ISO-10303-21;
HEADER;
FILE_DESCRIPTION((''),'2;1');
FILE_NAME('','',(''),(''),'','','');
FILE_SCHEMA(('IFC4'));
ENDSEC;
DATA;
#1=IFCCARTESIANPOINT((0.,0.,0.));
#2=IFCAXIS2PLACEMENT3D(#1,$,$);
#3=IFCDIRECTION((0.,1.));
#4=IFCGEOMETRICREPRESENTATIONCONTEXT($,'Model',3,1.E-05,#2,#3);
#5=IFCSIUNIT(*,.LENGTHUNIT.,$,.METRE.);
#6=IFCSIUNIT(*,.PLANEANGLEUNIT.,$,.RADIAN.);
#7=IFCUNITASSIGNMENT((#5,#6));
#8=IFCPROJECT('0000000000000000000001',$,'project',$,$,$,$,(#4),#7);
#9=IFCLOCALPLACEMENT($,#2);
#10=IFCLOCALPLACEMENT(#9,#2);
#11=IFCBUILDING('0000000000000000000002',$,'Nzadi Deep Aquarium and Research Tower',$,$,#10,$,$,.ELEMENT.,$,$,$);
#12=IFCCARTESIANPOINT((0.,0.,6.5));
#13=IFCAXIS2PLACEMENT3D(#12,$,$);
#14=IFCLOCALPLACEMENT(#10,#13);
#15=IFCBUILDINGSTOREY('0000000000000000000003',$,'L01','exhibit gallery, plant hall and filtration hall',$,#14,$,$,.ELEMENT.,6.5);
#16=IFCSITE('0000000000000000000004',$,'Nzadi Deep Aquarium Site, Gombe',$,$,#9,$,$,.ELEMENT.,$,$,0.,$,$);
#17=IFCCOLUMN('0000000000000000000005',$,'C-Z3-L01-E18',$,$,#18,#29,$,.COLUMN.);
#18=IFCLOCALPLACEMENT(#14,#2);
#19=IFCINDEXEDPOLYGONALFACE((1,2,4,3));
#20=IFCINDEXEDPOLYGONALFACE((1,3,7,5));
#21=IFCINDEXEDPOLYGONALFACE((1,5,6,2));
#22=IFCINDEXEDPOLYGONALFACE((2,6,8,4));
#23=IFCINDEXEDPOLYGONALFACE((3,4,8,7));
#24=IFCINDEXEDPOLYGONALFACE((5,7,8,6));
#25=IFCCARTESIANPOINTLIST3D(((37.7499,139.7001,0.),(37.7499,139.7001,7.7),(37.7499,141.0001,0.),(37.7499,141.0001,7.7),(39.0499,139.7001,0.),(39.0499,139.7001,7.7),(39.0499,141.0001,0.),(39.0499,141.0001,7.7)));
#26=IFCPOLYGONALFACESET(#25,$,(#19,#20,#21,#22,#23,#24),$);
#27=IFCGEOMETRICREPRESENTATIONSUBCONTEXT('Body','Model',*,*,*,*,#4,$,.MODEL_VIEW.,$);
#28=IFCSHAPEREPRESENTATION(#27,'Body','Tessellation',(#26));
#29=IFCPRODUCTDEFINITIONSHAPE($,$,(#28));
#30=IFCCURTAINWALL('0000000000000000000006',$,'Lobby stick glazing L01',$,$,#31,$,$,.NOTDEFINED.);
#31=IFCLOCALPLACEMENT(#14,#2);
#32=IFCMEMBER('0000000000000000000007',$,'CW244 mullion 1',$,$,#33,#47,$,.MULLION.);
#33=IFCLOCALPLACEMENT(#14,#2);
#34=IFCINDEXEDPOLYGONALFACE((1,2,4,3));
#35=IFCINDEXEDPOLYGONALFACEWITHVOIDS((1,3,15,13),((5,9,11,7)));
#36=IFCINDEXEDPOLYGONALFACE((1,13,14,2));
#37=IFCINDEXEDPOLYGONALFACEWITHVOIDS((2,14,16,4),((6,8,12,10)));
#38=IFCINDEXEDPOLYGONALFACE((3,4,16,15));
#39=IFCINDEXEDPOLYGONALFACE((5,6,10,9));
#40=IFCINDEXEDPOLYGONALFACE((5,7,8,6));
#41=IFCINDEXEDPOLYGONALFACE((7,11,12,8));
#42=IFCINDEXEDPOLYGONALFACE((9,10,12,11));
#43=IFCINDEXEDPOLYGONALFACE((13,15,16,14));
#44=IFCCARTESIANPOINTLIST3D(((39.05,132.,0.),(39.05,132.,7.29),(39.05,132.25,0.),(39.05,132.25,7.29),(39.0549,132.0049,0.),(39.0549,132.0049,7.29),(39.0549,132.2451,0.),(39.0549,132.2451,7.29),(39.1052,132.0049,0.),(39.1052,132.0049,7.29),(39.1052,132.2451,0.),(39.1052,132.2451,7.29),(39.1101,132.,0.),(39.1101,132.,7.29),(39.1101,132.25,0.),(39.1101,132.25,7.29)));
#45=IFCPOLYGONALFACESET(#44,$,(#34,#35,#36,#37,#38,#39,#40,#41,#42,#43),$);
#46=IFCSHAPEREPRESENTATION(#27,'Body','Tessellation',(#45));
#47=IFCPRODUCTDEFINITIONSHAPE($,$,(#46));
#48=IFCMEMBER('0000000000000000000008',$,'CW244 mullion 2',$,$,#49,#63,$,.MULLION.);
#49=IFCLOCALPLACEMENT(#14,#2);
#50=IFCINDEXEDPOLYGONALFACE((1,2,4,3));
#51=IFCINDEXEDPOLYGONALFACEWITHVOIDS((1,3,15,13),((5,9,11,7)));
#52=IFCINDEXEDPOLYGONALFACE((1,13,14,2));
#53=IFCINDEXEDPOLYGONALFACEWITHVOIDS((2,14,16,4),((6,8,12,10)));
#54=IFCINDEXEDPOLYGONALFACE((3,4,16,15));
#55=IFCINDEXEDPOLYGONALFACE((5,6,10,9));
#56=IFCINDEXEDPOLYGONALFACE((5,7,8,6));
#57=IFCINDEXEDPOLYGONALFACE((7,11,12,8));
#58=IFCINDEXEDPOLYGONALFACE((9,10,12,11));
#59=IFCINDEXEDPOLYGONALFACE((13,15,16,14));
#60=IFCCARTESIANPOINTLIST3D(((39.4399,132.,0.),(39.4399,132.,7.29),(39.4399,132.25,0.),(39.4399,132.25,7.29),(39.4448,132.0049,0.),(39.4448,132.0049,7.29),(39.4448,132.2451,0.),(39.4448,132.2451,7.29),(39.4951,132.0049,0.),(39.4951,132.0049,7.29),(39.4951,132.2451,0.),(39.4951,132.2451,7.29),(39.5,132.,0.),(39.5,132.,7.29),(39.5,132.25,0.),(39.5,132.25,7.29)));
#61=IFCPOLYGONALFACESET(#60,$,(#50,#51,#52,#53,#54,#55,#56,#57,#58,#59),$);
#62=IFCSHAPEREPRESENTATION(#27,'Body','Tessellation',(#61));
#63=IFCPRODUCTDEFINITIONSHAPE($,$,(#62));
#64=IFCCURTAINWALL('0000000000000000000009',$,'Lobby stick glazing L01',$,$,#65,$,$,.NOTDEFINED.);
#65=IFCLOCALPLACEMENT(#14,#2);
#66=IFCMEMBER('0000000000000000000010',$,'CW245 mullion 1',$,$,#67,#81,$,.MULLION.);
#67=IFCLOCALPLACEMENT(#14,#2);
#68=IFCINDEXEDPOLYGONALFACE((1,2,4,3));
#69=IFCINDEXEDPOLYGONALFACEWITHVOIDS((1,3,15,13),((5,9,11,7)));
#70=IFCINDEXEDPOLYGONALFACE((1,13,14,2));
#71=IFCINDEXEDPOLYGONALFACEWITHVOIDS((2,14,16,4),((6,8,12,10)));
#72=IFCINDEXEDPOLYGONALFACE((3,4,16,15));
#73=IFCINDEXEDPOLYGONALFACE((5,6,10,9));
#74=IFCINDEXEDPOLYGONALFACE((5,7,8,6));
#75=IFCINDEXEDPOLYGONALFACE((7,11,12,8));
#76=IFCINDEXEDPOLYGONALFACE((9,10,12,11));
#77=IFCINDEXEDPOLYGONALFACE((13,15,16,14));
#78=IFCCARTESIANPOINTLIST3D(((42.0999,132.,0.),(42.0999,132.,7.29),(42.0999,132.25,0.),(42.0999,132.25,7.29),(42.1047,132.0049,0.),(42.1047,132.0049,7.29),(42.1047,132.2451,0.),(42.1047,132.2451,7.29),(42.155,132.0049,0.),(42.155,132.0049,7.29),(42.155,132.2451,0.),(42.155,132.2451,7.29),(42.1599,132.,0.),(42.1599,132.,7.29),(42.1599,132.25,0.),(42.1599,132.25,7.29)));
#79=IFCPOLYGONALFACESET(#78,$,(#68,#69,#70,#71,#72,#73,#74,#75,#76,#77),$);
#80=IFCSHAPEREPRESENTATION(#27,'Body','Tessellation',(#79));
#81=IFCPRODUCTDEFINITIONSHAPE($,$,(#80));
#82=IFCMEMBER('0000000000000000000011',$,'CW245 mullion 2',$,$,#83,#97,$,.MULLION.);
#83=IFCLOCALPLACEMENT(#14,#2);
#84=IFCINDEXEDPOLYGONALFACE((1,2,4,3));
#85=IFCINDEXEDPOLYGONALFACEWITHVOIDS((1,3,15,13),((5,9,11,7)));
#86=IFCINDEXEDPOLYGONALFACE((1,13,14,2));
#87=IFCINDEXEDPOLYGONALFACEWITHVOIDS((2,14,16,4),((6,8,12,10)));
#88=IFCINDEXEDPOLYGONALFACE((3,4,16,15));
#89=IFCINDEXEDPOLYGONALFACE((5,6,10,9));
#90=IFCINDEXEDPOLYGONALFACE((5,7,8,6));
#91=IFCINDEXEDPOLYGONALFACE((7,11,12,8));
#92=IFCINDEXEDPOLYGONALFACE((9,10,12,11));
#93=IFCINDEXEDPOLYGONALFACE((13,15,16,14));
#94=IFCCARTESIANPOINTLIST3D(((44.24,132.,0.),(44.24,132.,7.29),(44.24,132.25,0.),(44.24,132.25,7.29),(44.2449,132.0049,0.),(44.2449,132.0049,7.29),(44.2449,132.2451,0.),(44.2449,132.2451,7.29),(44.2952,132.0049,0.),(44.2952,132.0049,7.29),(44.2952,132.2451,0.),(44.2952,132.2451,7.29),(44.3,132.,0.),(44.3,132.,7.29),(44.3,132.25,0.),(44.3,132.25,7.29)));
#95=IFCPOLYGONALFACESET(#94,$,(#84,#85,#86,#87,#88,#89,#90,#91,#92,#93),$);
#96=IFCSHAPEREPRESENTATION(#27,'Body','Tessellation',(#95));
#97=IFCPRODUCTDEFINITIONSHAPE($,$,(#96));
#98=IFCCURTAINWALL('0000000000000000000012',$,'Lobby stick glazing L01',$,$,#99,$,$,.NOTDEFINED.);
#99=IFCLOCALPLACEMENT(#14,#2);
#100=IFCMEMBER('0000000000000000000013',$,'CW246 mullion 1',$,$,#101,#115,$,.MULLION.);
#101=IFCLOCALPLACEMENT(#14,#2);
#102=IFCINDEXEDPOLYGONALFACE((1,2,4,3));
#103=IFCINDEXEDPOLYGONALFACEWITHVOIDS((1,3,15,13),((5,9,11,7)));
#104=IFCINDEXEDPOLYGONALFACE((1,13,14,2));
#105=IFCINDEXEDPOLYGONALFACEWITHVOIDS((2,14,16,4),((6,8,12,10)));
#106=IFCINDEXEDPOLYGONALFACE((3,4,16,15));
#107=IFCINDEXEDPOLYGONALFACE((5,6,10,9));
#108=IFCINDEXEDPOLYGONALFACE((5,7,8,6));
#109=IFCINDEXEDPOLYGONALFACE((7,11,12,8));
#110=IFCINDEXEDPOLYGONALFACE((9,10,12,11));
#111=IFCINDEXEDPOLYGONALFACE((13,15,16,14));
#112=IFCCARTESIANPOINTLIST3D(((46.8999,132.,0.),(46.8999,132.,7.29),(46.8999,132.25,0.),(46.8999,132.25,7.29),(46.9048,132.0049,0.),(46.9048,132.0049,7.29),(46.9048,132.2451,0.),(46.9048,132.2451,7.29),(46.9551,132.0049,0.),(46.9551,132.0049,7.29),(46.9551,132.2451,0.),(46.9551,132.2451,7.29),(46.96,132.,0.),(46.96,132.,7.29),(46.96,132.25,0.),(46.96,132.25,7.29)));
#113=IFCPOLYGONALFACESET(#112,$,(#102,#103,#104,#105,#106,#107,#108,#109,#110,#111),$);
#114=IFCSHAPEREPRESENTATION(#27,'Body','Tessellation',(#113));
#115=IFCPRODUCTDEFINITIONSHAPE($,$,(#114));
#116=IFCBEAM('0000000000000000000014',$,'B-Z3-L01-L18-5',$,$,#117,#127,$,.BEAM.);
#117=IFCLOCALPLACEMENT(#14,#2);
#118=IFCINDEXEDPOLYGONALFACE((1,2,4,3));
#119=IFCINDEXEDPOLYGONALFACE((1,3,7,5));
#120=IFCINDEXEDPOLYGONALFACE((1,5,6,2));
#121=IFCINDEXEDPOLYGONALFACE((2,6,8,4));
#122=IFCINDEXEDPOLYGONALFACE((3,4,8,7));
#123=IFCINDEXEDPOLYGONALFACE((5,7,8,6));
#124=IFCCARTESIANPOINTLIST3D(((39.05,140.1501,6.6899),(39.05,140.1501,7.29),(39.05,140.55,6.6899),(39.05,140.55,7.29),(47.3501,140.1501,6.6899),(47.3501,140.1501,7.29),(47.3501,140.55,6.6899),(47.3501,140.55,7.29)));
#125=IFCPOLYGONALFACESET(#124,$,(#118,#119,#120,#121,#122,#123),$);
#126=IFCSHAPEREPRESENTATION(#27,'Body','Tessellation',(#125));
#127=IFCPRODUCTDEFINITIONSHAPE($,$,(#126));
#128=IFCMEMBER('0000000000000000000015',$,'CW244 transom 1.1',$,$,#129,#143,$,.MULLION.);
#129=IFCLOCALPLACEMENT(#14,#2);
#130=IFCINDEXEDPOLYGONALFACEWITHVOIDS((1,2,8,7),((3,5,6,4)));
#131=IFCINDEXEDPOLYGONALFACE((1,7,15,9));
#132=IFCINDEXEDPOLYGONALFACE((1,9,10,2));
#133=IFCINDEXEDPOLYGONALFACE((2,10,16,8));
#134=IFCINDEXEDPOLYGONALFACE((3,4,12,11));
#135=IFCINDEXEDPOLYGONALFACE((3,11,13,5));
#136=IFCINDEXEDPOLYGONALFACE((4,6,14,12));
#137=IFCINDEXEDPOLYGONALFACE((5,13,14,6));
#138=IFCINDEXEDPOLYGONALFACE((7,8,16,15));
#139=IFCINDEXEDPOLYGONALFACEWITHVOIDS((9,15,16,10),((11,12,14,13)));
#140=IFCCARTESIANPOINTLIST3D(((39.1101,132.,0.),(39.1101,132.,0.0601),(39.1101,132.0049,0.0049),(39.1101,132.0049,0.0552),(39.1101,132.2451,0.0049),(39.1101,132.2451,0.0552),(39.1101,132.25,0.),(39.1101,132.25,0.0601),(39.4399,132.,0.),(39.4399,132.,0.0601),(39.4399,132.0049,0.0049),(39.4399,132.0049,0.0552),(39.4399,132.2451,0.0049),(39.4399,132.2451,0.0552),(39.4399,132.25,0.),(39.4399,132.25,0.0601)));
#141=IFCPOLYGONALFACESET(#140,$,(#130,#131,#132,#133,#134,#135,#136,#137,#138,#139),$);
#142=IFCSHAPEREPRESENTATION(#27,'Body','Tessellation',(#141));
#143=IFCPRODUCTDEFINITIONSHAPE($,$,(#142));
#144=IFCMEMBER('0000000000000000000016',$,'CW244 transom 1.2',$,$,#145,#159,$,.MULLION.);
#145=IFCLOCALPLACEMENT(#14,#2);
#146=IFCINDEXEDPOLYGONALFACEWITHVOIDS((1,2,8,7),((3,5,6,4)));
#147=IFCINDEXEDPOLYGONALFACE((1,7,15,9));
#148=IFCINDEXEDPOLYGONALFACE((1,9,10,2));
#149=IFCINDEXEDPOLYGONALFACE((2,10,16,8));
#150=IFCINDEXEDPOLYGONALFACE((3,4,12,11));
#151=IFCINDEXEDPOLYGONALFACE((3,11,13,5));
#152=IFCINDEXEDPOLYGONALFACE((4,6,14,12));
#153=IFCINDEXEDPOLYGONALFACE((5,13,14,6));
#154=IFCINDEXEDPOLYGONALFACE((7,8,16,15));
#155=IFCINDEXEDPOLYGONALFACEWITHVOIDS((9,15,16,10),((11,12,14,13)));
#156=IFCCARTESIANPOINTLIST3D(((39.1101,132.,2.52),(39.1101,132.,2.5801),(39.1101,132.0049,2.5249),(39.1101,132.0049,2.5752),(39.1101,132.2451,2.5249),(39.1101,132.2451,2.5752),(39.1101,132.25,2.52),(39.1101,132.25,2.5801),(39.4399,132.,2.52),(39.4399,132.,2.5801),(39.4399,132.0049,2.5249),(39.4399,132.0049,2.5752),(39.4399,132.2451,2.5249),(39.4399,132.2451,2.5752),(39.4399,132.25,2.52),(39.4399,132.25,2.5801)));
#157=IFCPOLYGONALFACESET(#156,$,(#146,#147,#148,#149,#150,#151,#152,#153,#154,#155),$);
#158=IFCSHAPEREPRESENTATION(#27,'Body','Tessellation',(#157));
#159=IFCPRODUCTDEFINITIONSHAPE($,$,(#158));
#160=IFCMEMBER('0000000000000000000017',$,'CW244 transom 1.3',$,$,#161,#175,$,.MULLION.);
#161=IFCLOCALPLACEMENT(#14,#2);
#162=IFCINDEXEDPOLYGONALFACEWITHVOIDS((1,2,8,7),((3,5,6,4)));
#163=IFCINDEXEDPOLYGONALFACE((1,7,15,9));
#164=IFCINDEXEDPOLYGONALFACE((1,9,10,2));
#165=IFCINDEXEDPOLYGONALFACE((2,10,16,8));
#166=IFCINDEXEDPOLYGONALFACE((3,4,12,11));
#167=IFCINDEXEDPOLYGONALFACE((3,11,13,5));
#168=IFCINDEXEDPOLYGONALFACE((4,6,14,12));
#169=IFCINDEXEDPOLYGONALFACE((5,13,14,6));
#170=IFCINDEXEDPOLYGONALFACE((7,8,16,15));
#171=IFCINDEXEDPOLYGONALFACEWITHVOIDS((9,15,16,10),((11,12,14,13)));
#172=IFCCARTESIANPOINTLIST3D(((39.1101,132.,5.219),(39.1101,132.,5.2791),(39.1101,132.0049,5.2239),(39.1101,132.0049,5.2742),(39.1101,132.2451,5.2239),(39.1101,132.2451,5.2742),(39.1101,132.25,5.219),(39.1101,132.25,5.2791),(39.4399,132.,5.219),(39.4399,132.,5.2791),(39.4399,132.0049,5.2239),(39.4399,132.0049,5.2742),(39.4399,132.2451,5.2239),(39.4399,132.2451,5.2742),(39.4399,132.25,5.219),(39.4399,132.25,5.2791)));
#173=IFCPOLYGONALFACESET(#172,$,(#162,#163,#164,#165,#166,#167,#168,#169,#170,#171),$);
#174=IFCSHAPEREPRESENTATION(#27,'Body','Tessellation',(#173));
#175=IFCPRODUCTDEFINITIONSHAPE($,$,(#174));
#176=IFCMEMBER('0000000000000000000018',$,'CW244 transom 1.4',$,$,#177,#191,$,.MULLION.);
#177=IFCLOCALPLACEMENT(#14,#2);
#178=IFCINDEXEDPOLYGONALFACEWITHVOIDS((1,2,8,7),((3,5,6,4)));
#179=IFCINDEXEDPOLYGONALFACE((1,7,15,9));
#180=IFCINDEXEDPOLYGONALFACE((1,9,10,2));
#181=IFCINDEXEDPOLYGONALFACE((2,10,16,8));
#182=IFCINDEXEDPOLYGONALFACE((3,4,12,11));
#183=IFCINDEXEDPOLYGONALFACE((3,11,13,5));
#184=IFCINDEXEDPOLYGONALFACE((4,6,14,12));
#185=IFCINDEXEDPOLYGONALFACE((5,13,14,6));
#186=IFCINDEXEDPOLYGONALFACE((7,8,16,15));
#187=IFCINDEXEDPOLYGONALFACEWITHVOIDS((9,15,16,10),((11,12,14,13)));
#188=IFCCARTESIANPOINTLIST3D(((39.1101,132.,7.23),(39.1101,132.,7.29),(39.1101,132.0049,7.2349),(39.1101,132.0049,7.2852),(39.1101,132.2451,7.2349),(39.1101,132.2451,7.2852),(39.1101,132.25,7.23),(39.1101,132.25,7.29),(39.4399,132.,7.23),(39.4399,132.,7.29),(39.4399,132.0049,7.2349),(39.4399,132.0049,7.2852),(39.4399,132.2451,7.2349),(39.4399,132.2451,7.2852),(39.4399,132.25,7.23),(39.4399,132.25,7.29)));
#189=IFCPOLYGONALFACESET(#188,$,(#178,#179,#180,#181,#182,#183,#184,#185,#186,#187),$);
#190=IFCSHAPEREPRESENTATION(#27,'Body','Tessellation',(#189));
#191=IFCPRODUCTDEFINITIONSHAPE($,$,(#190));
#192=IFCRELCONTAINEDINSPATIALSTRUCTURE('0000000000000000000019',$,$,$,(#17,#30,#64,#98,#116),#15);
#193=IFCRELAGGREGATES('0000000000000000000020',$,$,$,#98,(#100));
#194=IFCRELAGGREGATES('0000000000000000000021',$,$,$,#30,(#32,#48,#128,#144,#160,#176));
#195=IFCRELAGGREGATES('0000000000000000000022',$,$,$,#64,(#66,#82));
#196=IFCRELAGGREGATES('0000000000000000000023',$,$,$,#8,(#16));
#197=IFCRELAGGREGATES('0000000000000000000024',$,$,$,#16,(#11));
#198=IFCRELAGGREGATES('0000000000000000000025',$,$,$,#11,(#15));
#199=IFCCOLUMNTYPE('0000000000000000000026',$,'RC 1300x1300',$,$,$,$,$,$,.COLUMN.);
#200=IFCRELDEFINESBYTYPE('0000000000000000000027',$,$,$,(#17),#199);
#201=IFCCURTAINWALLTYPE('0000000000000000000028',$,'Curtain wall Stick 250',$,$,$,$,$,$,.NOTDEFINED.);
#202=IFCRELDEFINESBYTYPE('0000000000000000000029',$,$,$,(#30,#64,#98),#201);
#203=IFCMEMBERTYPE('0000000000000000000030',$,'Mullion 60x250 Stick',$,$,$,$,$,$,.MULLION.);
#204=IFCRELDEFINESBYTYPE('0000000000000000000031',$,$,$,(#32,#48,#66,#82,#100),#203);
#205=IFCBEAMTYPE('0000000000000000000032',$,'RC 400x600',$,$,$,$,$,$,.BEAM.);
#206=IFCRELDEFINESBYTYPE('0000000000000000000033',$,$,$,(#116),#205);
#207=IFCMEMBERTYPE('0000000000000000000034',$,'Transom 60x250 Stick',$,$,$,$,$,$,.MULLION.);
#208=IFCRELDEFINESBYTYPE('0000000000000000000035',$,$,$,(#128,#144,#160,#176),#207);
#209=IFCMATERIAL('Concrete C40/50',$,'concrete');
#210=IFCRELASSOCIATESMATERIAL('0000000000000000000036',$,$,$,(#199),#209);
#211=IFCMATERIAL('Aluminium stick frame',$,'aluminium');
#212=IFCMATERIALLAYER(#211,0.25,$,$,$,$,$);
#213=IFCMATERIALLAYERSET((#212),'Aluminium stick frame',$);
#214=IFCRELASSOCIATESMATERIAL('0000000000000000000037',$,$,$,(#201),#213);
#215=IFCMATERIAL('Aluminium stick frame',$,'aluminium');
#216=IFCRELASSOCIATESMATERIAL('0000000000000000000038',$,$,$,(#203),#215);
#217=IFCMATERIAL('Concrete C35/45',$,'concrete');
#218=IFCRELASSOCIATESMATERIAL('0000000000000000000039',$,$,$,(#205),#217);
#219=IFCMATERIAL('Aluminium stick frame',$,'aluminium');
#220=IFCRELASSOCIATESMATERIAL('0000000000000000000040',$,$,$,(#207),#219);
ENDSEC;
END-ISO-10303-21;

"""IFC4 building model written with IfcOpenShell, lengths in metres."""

from ifc_helpers import new_model, si_unit, direction, frame, origin, origin_2d, place, context, subcontext, project, spatial, rectangle, hollow_rectangle, extrude, material, layer, layer_set, material_profile, profile_set, type_object, element, aggregate, save


model = new_model("IFC4")

# Units and contexts
model_context = context("Model", 3, precision=1e-05, world=origin(), true_north=direction((0.0, 1.0)))
body_context = subcontext(model_context, "Body", "Model", "MODEL_VIEW")
ifc_project = project(units=[si_unit("LENGTHUNIT", "METRE"), si_unit("PLANEANGLEUNIT", "RADIAN")], contexts=[model_context])

# Site, building, storey
site_placement = place(None, origin())
site = spatial("IfcSite", under=ifc_project, at=site_placement, Name="Nzadi Deep Aquarium Site, Gombe", CompositionType="ELEMENT", RefElevation=0.0)
building_placement = place(site_placement, origin())
building = spatial("IfcBuilding", under=site, at=building_placement, Name="Nzadi Deep Aquarium and Research Tower", CompositionType="ELEMENT")
storey_placement = place(building_placement, frame((0.0, 0.0, 6.5)))
storey = spatial("IfcBuildingStorey", under=building, at=storey_placement, Name="L01", Description="exhibit gallery, plant hall and filtration hall", CompositionType="ELEMENT", Elevation=6.5)

# Column
ifc_material_1 = material(Name="Concrete C40/50", Category="concrete")
ifc_material_profile_1 = material_profile(ifc_material_1, rectangle(XDim=1.3, YDim=1.3, at=origin_2d()))
ifc_profile_set_1 = profile_set([ifc_material_profile_1], Name="Concrete C40/50")
column_type = type_object("IfcColumnType", Name="RC 1300x1300", PredefinedType="COLUMN", material=ifc_profile_set_1)
column_placement = place(storey_placement, frame((38.3999, 140.3501, 0.0), z_axis=(0.0, 0.0, 1.0), x_axis=(1.0, 0.0, 0.0)))
element("IfcColumn", 1, at=column_placement, inside=storey, type_object=column_type, Name="C-Z3-L01-E18", PredefinedType="COLUMN", context=body_context, shape_type="SweptSolid", body=[
    extrude(rectangle(XDim=1.3, YDim=1.3, at=origin_2d()), origin(), (0.0, 0.0, 1.0), 7.7),
])

# Curtain walls, members
ifc_material_2 = material(Name="Aluminium stick frame", Category="aluminium")
ifc_layer_1 = layer(ifc_material_2, 0.25)
ifc_layer_set_1 = layer_set([ifc_layer_1], Name="Aluminium stick frame")
curtain_wall_type = type_object("IfcCurtainWallType", Name="Curtain wall Stick 250", PredefinedType="NOTDEFINED", material=ifc_layer_set_1)
curtain_wall_1_placement = place(storey_placement, origin())
curtain_wall_1 = element("IfcCurtainWall", 2, at=curtain_wall_1_placement, inside=storey, type_object=curtain_wall_type, Name="Lobby stick glazing L01", PredefinedType="NOTDEFINED")
ifc_material_3 = material(Name="Aluminium stick frame", Category="aluminium")
ifc_material_profile_2 = material_profile(ifc_material_3, hollow_rectangle(XDim=0.25, YDim=0.0601, WallThickness=0.0049, at=origin_2d()))
ifc_profile_set_2 = profile_set([ifc_material_profile_2], Name="Aluminium stick frame")
member_type_1 = type_object("IfcMemberType", Name="Mullion 60x250 Stick", PredefinedType="MULLION", material=ifc_profile_set_2)
member_1_placement = place(storey_placement, frame((39.0801, 132.125, 0.0), z_axis=(0.0, 0.0, 1.0), x_axis=(0.0, 1.0, 0.0)))
member_1 = element("IfcMember", 3, at=member_1_placement, type_object=member_type_1, Name="CW244 mullion 1", PredefinedType="MULLION", context=body_context, shape_type="SweptSolid", body=[
    extrude(hollow_rectangle(XDim=0.25, YDim=0.0601, WallThickness=0.0049, at=origin_2d()), origin(), (0.0, 0.0, 1.0), 7.29),
])
member_2_placement = place(storey_placement, frame((39.47, 132.125, 0.0), z_axis=(0.0, 0.0, 1.0), x_axis=(0.0, 1.0, 0.0)))
member_2 = element("IfcMember", 4, at=member_2_placement, type_object=member_type_1, Name="CW244 mullion 2", PredefinedType="MULLION", context=body_context, shape_type="SweptSolid", body=[
    extrude(hollow_rectangle(XDim=0.25, YDim=0.0601, WallThickness=0.0049, at=origin_2d()), origin(), (0.0, 0.0, 1.0), 7.29),
])
curtain_wall_2_placement = place(storey_placement, origin())
curtain_wall_2 = element("IfcCurtainWall", 5, at=curtain_wall_2_placement, inside=storey, type_object=curtain_wall_type, Name="Lobby stick glazing L01", PredefinedType="NOTDEFINED")
member_3_placement = place(storey_placement, frame((42.1299, 132.125, 0.0), z_axis=(0.0, 0.0, 1.0), x_axis=(0.0, 1.0, 0.0)))
member_3 = element("IfcMember", 6, at=member_3_placement, type_object=member_type_1, Name="CW245 mullion 1", PredefinedType="MULLION", context=body_context, shape_type="SweptSolid", body=[
    extrude(hollow_rectangle(XDim=0.25, YDim=0.0601, WallThickness=0.0049, at=origin_2d()), origin(), (0.0, 0.0, 1.0), 7.29),
])
member_4_placement = place(storey_placement, frame((44.27, 132.125, 0.0), z_axis=(0.0, 0.0, 1.0), x_axis=(0.0, 1.0, 0.0)))
member_4 = element("IfcMember", 7, at=member_4_placement, type_object=member_type_1, Name="CW245 mullion 2", PredefinedType="MULLION", context=body_context, shape_type="SweptSolid", body=[
    extrude(hollow_rectangle(XDim=0.25, YDim=0.0601, WallThickness=0.0049, at=origin_2d()), origin(), (0.0, 0.0, 1.0), 7.29),
])

# Curtain wall, member
curtain_wall_3_placement = place(storey_placement, origin())
curtain_wall_3 = element("IfcCurtainWall", 8, at=curtain_wall_3_placement, inside=storey, type_object=curtain_wall_type, Name="Lobby stick glazing L01", PredefinedType="NOTDEFINED")
member_5_placement = place(storey_placement, frame((46.9299, 132.125, 0.0), z_axis=(0.0, 0.0, 1.0), x_axis=(0.0, 1.0, 0.0)))
member_5 = element("IfcMember", 9, at=member_5_placement, type_object=member_type_1, Name="CW246 mullion 1", PredefinedType="MULLION", context=body_context, shape_type="SweptSolid", body=[
    extrude(hollow_rectangle(XDim=0.25, YDim=0.0601, WallThickness=0.0049, at=origin_2d()), origin(), (0.0, 0.0, 1.0), 7.29),
])

# Beam
ifc_material_4 = material(Name="Concrete C35/45", Category="concrete")
ifc_material_profile_3 = material_profile(ifc_material_4, rectangle(XDim=0.3999, YDim=0.6001, at=origin_2d()))
ifc_profile_set_3 = profile_set([ifc_material_profile_3], Name="Concrete C35/45")
beam_type = type_object("IfcBeamType", Name="RC 400x600", PredefinedType="BEAM", material=ifc_profile_set_3)
beam_placement = place(storey_placement, frame((39.05, 140.3501, 6.99), z_axis=(1.0, 0.0, 0.0), x_axis=(0.0, 1.0, 0.0)))
element("IfcBeam", 10, at=beam_placement, inside=storey, type_object=beam_type, Name="B-Z3-L01-L18-5", PredefinedType="BEAM", context=body_context, shape_type="SweptSolid", body=[
    extrude(rectangle(XDim=0.3999, YDim=0.6001, at=origin_2d()), origin(), (0.0, 0.0, 1.0), 8.3),
])

# Members
ifc_material_5 = material(Name="Aluminium stick frame", Category="aluminium")
ifc_material_profile_4 = material_profile(ifc_material_5, hollow_rectangle(XDim=0.25, YDim=0.0601, WallThickness=0.0049, at=origin_2d()))
ifc_profile_set_4 = profile_set([ifc_material_profile_4], Name="Aluminium stick frame")
member_type_2 = type_object("IfcMemberType", Name="Transom 60x250 Stick", PredefinedType="MULLION", material=ifc_profile_set_4)
member_6_placement = place(storey_placement, frame((39.1101, 132.125, 0.03), z_axis=(1.0, 0.0, 0.0), x_axis=(0.0, 1.0, 0.0)))
member_6 = element("IfcMember", 11, at=member_6_placement, type_object=member_type_2, Name="CW244 transom 1.1", PredefinedType="MULLION", context=body_context, shape_type="SweptSolid", body=[
    extrude(hollow_rectangle(XDim=0.25, YDim=0.0601, WallThickness=0.0049, at=origin_2d()), origin(), (0.0, 0.0, 1.0), 0.3298),
])
member_7_placement = place(storey_placement, frame((39.1101, 132.125, 2.55), z_axis=(1.0, 0.0, 0.0), x_axis=(0.0, 1.0, 0.0)))
member_7 = element("IfcMember", 12, at=member_7_placement, type_object=member_type_2, Name="CW244 transom 1.2", PredefinedType="MULLION", context=body_context, shape_type="SweptSolid", body=[
    extrude(hollow_rectangle(XDim=0.25, YDim=0.0601, WallThickness=0.0049, at=origin_2d()), origin(), (0.0, 0.0, 1.0), 0.3298),
])
member_8_placement = place(storey_placement, frame((39.1101, 132.125, 5.249), z_axis=(1.0, 0.0, 0.0), x_axis=(0.0, 1.0, 0.0)))
member_8 = element("IfcMember", 13, at=member_8_placement, type_object=member_type_2, Name="CW244 transom 1.3", PredefinedType="MULLION", context=body_context, shape_type="SweptSolid", body=[
    extrude(hollow_rectangle(XDim=0.25, YDim=0.0601, WallThickness=0.0049, at=origin_2d()), origin(), (0.0, 0.0, 1.0), 0.3298),
])
member_9_placement = place(storey_placement, frame((39.1101, 132.125, 7.26), z_axis=(1.0, 0.0, 0.0), x_axis=(0.0, 1.0, 0.0)))
member_9 = element("IfcMember", 14, at=member_9_placement, type_object=member_type_2, Name="CW244 transom 1.4", PredefinedType="MULLION", context=body_context, shape_type="SweptSolid", body=[
    extrude(hollow_rectangle(XDim=0.25, YDim=0.0601, WallThickness=0.0049, at=origin_2d()), origin(), (0.0, 0.0, 1.0), 0.3298),
])
aggregate(curtain_wall_3, [member_5])

aggregate(curtain_wall_1, [member_1, member_2, member_6, member_7, member_8, member_9])
aggregate(curtain_wall_2, [member_3, member_4])

save(model, "model.ifc")
